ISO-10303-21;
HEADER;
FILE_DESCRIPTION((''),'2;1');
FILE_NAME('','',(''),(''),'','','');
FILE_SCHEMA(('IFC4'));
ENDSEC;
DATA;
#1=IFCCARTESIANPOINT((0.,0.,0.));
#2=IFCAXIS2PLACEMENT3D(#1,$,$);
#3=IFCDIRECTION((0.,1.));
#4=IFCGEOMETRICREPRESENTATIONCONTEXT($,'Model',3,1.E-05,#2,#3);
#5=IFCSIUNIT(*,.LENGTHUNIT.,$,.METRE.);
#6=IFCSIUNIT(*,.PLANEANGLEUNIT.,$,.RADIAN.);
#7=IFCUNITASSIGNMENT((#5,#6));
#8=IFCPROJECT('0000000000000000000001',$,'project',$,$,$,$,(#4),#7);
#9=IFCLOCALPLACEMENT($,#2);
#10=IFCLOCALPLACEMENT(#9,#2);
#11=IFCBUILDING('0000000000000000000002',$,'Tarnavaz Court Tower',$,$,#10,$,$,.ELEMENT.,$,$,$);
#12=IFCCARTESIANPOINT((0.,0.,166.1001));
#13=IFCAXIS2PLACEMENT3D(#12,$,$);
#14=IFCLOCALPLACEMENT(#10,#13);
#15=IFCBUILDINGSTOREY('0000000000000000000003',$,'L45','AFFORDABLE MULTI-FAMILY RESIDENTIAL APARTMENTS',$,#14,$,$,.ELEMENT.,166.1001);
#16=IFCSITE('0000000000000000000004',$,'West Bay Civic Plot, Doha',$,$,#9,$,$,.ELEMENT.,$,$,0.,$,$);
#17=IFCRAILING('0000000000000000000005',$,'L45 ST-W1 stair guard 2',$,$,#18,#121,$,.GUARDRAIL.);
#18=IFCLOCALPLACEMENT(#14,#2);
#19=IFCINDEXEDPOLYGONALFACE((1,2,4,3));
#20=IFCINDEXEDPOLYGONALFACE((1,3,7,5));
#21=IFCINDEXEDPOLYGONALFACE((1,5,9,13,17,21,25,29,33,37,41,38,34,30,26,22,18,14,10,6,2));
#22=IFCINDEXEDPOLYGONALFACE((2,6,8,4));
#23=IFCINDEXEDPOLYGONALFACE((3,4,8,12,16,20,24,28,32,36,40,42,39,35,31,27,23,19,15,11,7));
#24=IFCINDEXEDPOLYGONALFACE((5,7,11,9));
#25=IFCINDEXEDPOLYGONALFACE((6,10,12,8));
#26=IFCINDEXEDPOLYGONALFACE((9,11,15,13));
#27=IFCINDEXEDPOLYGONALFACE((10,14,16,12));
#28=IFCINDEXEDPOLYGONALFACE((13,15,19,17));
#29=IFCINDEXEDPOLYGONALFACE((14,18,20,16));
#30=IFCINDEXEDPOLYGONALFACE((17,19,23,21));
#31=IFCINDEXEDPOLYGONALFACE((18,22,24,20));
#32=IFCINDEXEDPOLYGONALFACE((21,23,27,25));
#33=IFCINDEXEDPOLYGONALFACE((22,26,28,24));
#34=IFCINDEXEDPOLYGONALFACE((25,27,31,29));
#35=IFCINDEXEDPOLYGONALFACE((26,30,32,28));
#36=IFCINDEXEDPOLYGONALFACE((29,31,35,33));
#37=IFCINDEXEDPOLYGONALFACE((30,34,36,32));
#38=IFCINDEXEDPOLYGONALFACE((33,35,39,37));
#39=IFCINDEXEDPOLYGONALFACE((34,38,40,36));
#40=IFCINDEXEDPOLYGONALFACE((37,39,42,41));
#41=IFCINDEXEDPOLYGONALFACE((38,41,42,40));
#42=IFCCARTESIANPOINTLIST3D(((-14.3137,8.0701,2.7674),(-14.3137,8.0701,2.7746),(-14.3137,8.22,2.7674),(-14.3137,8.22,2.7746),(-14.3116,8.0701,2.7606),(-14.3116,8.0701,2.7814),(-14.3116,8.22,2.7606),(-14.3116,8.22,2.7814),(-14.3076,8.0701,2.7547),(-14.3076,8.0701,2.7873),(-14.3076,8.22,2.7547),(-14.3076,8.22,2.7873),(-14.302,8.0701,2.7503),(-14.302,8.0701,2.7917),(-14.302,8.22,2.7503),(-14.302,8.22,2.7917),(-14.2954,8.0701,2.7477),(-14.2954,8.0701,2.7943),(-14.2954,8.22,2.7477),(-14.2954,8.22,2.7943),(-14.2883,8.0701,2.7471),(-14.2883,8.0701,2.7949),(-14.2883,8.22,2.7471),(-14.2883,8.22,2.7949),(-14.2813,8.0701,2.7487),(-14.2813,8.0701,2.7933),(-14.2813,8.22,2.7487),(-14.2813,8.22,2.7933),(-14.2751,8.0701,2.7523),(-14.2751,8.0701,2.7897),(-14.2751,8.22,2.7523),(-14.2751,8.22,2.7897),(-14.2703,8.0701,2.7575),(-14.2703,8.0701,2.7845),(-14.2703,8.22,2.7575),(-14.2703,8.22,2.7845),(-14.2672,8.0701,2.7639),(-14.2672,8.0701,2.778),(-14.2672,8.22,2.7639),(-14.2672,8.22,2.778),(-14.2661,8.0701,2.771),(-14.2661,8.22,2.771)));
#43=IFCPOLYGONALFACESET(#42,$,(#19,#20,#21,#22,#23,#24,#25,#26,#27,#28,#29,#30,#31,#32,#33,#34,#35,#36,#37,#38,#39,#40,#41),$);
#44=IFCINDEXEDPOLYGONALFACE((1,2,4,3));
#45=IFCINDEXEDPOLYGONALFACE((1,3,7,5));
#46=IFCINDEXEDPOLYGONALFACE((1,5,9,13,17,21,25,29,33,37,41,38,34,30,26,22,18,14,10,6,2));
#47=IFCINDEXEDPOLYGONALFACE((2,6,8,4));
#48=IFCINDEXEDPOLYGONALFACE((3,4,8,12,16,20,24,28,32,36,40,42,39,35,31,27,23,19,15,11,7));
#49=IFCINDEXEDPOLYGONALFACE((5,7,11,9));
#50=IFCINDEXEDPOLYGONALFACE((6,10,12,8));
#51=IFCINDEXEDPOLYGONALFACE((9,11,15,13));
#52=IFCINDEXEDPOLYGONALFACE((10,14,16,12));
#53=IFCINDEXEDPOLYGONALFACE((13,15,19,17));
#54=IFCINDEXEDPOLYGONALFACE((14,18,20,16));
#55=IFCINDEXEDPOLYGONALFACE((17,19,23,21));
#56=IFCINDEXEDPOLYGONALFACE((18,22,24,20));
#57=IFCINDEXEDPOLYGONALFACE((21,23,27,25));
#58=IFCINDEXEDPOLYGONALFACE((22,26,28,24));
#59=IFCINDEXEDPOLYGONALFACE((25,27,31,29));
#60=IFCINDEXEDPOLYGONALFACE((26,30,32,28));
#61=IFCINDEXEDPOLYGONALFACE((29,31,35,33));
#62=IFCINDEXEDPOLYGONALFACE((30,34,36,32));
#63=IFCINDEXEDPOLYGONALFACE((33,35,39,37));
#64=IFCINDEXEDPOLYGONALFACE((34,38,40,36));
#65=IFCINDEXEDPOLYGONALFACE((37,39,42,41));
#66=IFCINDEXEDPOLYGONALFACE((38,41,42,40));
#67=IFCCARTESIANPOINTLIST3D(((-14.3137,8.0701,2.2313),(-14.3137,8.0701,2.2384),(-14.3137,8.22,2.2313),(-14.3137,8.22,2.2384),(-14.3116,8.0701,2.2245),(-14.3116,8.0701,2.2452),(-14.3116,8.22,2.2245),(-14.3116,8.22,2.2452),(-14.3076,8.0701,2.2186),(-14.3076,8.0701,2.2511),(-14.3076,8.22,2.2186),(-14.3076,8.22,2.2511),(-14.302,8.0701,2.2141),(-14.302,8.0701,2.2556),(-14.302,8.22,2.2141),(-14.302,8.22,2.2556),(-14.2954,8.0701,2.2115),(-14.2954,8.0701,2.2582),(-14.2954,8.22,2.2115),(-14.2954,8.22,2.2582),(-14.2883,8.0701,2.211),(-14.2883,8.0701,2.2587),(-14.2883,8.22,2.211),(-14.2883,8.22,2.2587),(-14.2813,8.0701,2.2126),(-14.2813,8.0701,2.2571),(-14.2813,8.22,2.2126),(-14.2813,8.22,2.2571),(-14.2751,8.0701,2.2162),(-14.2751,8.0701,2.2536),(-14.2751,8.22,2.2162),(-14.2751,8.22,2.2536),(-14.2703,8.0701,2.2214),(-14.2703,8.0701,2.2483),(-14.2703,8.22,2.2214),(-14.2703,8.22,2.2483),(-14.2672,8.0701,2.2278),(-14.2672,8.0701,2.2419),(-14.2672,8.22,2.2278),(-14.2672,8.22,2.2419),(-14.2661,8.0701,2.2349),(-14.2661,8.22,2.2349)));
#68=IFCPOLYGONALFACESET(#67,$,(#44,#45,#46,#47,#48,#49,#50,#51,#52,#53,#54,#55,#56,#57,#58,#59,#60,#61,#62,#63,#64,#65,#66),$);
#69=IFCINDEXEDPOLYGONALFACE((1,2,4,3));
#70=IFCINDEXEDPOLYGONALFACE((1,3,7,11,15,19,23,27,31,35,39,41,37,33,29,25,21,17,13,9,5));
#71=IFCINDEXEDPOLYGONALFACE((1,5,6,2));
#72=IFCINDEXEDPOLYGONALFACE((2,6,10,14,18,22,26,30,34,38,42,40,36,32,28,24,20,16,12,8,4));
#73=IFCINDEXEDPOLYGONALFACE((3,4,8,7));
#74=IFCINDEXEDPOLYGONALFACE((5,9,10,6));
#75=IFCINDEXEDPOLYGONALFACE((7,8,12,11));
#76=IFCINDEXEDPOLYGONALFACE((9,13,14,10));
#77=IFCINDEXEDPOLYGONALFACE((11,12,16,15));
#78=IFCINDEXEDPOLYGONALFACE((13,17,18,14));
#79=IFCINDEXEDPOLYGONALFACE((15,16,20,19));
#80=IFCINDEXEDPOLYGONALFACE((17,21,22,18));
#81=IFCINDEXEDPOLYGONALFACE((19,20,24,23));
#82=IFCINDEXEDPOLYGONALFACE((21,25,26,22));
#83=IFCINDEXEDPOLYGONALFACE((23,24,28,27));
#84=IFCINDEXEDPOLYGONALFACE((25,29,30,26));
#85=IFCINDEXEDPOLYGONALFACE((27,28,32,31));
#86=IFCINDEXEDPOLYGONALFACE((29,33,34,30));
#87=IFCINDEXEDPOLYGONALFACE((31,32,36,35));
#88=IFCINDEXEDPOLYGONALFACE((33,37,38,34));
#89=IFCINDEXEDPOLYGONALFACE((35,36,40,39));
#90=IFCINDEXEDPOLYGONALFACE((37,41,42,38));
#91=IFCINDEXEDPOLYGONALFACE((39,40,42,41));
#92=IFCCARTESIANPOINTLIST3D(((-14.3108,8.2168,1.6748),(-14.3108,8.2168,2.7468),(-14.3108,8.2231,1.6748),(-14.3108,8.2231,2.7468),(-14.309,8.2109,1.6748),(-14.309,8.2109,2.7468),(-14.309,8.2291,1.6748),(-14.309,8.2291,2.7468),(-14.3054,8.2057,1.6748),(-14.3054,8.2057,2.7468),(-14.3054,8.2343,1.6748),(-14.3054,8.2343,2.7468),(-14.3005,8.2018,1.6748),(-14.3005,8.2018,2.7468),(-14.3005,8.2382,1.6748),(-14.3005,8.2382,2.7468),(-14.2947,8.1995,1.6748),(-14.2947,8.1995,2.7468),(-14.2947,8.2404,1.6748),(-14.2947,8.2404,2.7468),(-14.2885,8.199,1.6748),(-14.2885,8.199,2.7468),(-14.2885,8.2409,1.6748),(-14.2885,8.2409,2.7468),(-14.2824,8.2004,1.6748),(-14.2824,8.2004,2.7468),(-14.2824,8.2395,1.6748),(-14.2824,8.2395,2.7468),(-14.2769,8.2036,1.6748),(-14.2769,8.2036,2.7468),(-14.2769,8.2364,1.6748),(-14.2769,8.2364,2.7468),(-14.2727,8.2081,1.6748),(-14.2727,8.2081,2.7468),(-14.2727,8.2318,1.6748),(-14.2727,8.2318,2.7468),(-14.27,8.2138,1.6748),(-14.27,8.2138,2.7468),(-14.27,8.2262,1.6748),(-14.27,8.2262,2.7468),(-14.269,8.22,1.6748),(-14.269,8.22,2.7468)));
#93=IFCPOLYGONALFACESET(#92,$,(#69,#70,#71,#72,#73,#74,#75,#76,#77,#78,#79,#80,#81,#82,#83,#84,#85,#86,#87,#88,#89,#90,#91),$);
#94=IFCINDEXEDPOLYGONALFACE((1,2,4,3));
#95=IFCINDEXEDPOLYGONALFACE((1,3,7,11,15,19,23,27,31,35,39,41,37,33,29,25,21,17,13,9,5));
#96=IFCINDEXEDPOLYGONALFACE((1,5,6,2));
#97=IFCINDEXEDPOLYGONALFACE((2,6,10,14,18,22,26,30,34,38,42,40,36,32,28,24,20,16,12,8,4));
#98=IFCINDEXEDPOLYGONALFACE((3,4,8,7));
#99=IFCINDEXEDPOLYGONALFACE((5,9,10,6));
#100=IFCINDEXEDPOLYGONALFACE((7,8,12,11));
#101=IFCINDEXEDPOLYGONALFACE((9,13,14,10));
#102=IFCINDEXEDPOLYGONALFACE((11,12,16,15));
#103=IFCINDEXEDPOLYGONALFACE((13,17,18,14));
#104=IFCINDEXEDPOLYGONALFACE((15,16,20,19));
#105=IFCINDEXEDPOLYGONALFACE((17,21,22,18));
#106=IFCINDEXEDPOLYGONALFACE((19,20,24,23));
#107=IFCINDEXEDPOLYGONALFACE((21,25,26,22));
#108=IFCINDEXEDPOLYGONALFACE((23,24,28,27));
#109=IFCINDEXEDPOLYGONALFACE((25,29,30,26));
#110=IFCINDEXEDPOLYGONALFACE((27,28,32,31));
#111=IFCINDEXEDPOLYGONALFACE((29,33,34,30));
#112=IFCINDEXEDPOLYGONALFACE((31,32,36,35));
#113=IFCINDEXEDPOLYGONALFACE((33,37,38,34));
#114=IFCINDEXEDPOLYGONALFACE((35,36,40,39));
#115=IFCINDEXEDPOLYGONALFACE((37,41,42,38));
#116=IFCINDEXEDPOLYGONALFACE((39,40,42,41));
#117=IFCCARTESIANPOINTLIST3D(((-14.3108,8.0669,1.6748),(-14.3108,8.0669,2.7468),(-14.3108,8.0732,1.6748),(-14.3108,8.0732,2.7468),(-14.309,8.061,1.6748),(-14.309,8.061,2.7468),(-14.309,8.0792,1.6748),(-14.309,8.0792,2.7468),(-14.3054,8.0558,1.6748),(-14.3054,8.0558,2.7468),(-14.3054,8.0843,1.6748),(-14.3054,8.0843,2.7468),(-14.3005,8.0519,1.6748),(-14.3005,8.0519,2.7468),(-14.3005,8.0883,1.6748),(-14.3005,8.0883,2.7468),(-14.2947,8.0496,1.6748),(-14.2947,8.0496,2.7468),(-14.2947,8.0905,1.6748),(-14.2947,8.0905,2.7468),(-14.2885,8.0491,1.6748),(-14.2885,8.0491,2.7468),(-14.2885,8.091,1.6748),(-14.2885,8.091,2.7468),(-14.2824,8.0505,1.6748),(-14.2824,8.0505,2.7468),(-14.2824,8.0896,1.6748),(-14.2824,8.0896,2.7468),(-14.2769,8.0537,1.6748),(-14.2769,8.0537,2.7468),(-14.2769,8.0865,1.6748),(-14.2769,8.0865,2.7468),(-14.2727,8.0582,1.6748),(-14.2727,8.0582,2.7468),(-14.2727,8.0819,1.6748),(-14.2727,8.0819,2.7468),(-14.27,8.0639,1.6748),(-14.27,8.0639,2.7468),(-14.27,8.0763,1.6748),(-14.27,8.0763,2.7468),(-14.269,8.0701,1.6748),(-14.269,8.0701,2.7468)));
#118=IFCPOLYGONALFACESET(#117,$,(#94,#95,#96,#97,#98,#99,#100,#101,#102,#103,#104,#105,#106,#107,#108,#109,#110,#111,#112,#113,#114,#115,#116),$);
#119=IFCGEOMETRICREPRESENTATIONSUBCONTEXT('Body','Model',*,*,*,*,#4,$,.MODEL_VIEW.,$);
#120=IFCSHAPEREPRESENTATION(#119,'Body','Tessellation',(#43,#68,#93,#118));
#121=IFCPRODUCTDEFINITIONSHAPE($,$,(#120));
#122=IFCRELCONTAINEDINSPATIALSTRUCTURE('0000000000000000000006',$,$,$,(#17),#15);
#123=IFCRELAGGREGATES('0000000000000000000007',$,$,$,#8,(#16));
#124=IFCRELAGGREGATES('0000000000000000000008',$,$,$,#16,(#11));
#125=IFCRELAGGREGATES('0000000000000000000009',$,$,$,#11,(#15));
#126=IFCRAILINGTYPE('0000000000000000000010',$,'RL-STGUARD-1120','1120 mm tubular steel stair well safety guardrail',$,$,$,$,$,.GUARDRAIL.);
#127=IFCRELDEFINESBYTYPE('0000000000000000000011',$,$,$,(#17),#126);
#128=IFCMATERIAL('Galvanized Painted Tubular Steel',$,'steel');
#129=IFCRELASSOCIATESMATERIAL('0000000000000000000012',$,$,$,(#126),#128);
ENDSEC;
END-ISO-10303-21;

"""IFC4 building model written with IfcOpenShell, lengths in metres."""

from ifc_helpers import new_model, si_unit, direction, frame, origin, origin_2d, place, context, subcontext, project, spatial, circle, extrude, material, type_object, element, save


model = new_model("IFC4")

# Units and contexts
model_context = context("Model", 3, precision=1e-05, world=origin(), true_north=direction((0.0, 1.0)))
body_context = subcontext(model_context, "Body", "Model", "MODEL_VIEW")
ifc_project = project(units=[si_unit("LENGTHUNIT", "METRE"), si_unit("PLANEANGLEUNIT", "RADIAN")], contexts=[model_context])

# Site, building, storey
site_placement = place(None, origin())
site = spatial("IfcSite", under=ifc_project, at=site_placement, Name="West Bay Civic Plot, Doha", CompositionType="ELEMENT", RefElevation=0.0)
building_placement = place(site_placement, origin())
building = spatial("IfcBuilding", under=site, at=building_placement, Name="Tarnavaz Court Tower", CompositionType="ELEMENT")
storey_placement = place(building_placement, frame((0.0, 0.0, 166.1001)))
storey = spatial("IfcBuildingStorey", under=building, at=storey_placement, Name="L45", Description="AFFORDABLE MULTI-FAMILY RESIDENTIAL APARTMENTS", CompositionType="ELEMENT", Elevation=166.1001)

# Railing
ifc_material_1 = material(Name="Galvanized Painted Tubular Steel", Category="steel")
railing_type_1 = type_object("IfcRailingType", Name="RL-STGUARD-1120", Description="1120 mm tubular steel stair well safety guardrail", PredefinedType="GUARDRAIL", material=ifc_material_1)
railing_1_placement = place(storey_placement, frame((-14.29, 8.22, 1.6748)))
element("IfcRailing", 1, at=railing_1_placement, inside=storey, type_object=railing_type_1, Name="L45 ST-W1 stair guard 2", PredefinedType="GUARDRAIL", context=body_context, shape_type="SweptSolid", body=[
    extrude(circle(Radius=0.0239, at=origin_2d()), frame((0.0, 0.0, 1.0962), z_axis=(0.0, -1.0, 0.0), x_axis=(1.0, 0.0, 0.0)), (0.0, 0.0, 1.0), 0.1499),
    extrude(circle(Radius=0.0239, at=origin_2d()), frame((0.0, 0.0, 0.5601), z_axis=(0.0, -1.0, 0.0), x_axis=(1.0, 0.0, 0.0)), (0.0, 0.0, 1.0), 0.1499),
    extrude(circle(Radius=0.021, at=origin_2d()), origin(), (0.0, 0.0, 1.0), 1.072),
    extrude(circle(Radius=0.021, at=origin_2d()), frame((0.0, -0.1499, 0.0)), (0.0, 0.0, 1.0), 1.072),
])

save(model, "model.ifc")
